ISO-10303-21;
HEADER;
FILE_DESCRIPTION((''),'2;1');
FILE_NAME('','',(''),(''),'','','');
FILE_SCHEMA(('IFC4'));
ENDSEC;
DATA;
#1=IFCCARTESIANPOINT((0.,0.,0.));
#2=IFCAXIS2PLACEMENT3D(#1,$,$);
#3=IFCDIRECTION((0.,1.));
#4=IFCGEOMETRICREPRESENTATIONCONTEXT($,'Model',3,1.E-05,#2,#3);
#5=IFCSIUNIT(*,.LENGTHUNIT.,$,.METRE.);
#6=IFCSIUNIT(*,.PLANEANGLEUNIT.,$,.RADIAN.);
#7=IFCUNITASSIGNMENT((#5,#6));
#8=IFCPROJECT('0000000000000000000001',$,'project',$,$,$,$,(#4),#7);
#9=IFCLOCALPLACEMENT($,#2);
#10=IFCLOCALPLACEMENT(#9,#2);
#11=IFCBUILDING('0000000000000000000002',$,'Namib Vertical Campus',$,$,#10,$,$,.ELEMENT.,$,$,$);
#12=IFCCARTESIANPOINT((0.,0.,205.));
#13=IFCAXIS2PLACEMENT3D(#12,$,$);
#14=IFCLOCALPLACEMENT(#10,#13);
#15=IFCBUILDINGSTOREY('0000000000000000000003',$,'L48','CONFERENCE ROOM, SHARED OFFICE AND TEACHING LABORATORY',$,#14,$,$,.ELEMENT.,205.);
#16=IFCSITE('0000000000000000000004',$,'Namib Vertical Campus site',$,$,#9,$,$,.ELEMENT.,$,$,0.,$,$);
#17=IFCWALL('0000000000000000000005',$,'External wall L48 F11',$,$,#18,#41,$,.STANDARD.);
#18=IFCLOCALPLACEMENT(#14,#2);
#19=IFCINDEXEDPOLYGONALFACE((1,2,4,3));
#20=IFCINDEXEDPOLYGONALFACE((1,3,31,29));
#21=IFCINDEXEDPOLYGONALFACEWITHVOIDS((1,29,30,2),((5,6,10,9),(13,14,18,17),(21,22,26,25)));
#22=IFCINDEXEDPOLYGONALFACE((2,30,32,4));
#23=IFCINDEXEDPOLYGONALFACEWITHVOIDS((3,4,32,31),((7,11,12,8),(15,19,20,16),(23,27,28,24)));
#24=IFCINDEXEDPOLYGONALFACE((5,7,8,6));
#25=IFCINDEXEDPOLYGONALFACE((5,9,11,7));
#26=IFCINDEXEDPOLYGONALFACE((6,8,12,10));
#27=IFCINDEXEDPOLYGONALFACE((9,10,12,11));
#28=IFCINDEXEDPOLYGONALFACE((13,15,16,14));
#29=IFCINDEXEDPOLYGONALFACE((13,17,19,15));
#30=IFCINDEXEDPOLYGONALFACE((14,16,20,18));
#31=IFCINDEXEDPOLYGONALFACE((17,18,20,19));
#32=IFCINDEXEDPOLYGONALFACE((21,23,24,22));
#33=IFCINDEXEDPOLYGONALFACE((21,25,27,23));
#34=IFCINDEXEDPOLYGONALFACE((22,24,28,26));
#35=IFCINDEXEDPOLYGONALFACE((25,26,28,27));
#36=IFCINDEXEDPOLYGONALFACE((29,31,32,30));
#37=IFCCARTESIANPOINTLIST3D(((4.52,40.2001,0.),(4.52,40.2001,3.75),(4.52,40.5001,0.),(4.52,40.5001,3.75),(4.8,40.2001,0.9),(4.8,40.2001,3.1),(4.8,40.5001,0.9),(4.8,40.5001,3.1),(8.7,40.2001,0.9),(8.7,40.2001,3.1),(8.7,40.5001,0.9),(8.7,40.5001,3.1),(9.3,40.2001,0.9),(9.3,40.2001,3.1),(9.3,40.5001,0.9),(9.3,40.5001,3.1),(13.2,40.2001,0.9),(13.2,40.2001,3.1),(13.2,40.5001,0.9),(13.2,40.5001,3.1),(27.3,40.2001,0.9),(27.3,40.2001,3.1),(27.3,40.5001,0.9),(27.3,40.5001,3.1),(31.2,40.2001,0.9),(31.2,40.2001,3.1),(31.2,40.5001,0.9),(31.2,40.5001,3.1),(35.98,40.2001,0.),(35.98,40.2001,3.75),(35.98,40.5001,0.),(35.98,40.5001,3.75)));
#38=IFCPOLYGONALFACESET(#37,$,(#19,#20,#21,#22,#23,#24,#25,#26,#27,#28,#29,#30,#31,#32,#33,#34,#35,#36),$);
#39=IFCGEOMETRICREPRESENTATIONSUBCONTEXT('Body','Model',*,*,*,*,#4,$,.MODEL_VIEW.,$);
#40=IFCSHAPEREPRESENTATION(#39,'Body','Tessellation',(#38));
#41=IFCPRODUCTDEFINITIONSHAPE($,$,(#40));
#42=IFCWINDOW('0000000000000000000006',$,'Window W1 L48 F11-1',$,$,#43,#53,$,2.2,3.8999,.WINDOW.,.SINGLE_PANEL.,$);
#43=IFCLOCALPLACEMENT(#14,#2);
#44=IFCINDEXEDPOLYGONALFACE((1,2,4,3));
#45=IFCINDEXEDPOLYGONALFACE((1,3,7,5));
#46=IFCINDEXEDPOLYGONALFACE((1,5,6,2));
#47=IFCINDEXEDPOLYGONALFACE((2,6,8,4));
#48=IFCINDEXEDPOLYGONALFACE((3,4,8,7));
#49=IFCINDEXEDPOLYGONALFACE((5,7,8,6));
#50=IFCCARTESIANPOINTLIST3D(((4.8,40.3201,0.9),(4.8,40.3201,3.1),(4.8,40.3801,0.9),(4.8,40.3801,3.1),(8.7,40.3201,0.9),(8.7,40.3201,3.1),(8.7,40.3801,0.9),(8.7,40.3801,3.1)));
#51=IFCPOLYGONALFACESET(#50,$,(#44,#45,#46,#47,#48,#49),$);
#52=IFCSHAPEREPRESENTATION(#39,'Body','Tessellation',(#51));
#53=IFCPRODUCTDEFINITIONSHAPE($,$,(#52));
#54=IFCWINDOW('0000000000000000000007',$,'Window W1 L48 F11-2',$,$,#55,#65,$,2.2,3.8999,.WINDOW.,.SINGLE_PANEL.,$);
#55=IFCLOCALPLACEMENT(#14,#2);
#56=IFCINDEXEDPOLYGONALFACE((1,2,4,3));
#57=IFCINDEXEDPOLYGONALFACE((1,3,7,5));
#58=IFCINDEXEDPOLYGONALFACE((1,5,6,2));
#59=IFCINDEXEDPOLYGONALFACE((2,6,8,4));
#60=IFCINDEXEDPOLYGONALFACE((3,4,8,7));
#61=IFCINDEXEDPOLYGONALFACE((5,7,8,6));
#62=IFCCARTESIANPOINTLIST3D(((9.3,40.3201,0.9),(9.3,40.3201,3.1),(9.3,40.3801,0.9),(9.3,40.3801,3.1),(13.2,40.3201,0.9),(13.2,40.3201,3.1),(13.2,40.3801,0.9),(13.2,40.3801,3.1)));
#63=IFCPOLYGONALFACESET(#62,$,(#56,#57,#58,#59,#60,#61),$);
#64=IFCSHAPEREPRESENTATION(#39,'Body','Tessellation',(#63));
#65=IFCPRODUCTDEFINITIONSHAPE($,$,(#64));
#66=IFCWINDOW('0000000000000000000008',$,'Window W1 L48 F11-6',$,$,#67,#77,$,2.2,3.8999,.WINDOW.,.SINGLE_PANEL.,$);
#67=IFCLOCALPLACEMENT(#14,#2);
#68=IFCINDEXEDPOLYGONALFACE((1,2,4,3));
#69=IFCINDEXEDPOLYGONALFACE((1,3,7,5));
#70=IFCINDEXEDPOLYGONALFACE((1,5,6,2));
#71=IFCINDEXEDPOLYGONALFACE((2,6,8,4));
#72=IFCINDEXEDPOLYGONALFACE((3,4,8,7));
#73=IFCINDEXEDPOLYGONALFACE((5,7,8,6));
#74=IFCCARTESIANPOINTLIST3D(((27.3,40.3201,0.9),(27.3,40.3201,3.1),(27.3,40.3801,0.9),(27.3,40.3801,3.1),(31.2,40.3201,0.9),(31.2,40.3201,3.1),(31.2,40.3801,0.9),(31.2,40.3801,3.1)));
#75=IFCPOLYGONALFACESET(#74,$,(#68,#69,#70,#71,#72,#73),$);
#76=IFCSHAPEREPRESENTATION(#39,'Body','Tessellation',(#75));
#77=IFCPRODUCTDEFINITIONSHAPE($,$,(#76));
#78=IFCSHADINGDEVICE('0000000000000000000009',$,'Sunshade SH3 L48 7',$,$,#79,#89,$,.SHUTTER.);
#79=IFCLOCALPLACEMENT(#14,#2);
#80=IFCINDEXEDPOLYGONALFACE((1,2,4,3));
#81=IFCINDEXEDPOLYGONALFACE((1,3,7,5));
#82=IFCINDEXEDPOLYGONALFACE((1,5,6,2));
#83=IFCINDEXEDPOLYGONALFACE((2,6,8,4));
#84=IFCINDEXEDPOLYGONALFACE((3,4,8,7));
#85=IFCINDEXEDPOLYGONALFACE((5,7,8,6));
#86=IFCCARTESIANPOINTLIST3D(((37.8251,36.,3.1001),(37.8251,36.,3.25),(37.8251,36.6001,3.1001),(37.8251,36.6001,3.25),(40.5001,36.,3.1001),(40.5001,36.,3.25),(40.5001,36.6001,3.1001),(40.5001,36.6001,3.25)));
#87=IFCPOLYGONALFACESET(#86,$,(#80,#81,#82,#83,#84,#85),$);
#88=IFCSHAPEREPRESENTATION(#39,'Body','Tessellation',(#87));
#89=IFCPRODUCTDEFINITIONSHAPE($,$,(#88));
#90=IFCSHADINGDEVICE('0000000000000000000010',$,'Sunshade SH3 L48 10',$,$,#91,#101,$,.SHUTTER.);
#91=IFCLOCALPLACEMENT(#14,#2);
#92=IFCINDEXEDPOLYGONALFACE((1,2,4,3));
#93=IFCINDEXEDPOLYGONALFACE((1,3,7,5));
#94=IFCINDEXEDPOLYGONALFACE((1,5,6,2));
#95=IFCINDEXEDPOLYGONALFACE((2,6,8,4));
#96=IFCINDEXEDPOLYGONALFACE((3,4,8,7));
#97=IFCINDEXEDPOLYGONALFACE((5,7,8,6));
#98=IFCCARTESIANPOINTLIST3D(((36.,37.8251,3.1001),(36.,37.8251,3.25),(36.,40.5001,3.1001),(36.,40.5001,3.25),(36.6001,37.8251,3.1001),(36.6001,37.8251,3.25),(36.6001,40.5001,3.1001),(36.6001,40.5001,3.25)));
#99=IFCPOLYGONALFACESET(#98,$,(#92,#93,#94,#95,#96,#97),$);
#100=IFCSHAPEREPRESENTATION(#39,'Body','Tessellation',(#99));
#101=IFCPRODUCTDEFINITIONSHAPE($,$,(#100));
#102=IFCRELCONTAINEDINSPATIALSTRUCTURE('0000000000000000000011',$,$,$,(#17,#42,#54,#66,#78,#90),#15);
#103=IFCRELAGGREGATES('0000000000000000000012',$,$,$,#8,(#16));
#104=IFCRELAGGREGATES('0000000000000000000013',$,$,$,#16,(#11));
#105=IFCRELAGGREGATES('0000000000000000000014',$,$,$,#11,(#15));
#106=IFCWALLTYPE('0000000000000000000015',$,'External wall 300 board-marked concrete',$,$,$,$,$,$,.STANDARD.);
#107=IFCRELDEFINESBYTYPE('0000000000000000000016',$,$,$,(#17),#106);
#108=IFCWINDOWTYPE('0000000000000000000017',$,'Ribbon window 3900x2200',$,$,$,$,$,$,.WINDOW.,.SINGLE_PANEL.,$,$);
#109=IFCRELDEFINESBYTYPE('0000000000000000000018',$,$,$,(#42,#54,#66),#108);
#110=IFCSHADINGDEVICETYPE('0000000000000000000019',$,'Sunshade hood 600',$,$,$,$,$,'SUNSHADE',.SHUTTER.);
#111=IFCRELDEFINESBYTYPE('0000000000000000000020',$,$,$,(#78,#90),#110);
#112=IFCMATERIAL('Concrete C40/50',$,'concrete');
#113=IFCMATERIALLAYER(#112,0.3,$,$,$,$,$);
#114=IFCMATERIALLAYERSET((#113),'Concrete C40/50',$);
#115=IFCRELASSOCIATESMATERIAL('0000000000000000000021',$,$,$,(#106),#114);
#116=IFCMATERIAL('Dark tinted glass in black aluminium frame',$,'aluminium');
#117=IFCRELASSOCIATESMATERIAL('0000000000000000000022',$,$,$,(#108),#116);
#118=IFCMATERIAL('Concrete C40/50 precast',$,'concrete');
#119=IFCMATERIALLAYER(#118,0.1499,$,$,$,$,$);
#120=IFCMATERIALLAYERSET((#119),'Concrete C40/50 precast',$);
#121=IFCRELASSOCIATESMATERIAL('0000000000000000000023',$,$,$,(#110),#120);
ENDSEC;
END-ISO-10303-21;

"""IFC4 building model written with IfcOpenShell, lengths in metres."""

from ifc_helpers import new_model, si_unit, direction, frame, frame_2d, origin, origin_2d, place, context, subcontext, project, spatial, rectangle, extrude, material, layer, layer_set, type_object, element, fill, save


model = new_model("IFC4")

# Units and contexts
model_context = context("Model", 3, precision=1e-05, world=origin(), true_north=direction((0.0, 1.0)))
body_context = subcontext(model_context, "Body", "Model", "MODEL_VIEW")
ifc_project = project(units=[si_unit("LENGTHUNIT", "METRE"), si_unit("PLANEANGLEUNIT", "RADIAN")], contexts=[model_context])

# Site, building, storey
site_placement = place(None, origin())
site = spatial("IfcSite", under=ifc_project, at=site_placement, Name="Namib Vertical Campus site", CompositionType="ELEMENT", RefElevation=0.0)
building_placement = place(site_placement, origin())
building = spatial("IfcBuilding", under=site, at=building_placement, Name="Namib Vertical Campus", CompositionType="ELEMENT")
storey_placement = place(building_placement, frame((0.0, 0.0, 205.0)))
storey = spatial("IfcBuildingStorey", under=building, at=storey_placement, Name="L48", Description="CONFERENCE ROOM, SHARED OFFICE AND TEACHING LABORATORY", CompositionType="ELEMENT", Elevation=205.0)

# Shared definitions
ifc_material_1 = material(Name="Concrete C40/50", Category="concrete")
ifc_layer_1 = layer(ifc_material_1, 0.3)
ifc_layer_set_1 = layer_set([ifc_layer_1], Name="Concrete C40/50")
wall_type_1 = type_object("IfcWallType", Name="External wall 300 board-marked concrete", PredefinedType="STANDARD", material=ifc_layer_set_1)

# Wall, openings, windows
wall_1_placement = place(storey_placement, frame((35.98, 40.3501, 0.0), z_axis=(0.0, 0.0, 1.0), x_axis=(-1.0, 0.0, 0.0)))
wall_1 = element("IfcWall", 1, at=wall_1_placement, inside=storey, type_object=wall_type_1, Name="External wall L48 F11", PredefinedType="STANDARD", context=body_context, shape_type="SweptSolid", body=[
    extrude(rectangle(XDim=31.46, YDim=0.3, at=frame_2d((15.73, 0.0))), origin(), (0.0, 0.0, 1.0), 3.75),
])
opening_1_placement = place(wall_1_placement, frame((27.28, 0.0, 0.8999)))
opening_1 = element("IfcOpeningElement", 2, at=opening_1_placement, cuts=wall_1, PredefinedType="OPENING", context=body_context, shape_type="SweptSolid", body=[
    extrude(rectangle(XDim=3.8999, YDim=2.2, at=frame_2d((1.95, 1.1001))), frame((0.0, 0.1599, 0.0), z_axis=(0.0, -1.0, 0.0), x_axis=(1.0, 0.0, 0.0)), (0.0, 0.0, 1.0), 0.3201),
])
opening_2_placement = place(wall_1_placement, frame((22.78, 0.0, 0.8999)))
opening_2 = element("IfcOpeningElement", 3, at=opening_2_placement, cuts=wall_1, PredefinedType="OPENING", context=body_context, shape_type="SweptSolid", body=[
    extrude(rectangle(XDim=3.8999, YDim=2.2, at=frame_2d((1.95, 1.1001))), frame((0.0, 0.1599, 0.0), z_axis=(0.0, -1.0, 0.0), x_axis=(1.0, 0.0, 0.0)), (0.0, 0.0, 1.0), 0.3201),
])
opening_3_placement = place(wall_1_placement, frame((4.78, 0.0, 0.8999)))
opening_3 = element("IfcOpeningElement", 4, at=opening_3_placement, cuts=wall_1, PredefinedType="OPENING", context=body_context, shape_type="SweptSolid", body=[
    extrude(rectangle(XDim=3.8999, YDim=2.2, at=frame_2d((1.95, 1.1001))), frame((0.0, 0.1599, 0.0), z_axis=(0.0, -1.0, 0.0), x_axis=(1.0, 0.0, 0.0)), (0.0, 0.0, 1.0), 0.3201),
])
ifc_material_2 = material(Name="Dark tinted glass in black aluminium frame", Category="aluminium")
window_type = type_object("IfcWindowType", Name="Ribbon window 3900x2200", PartitioningType="SINGLE_PANEL", PredefinedType="WINDOW", material=ifc_material_2)
window_1_placement = place(opening_1_placement, origin())
window_1 = element("IfcWindow", 5, at=window_1_placement, inside=storey, type_object=window_type, Name="Window W1 L48 F11-1", OverallHeight=2.2, OverallWidth=3.8999, PartitioningType="SINGLE_PANEL", PredefinedType="WINDOW", context=body_context, shape_type="SweptSolid", body=[
    extrude(rectangle(XDim=3.8999, YDim=2.2, at=frame_2d((1.95, 1.1001))), frame((0.0, 0.03, 0.0), z_axis=(0.0, -1.0, 0.0), x_axis=(1.0, 0.0, 0.0)), (0.0, 0.0, 1.0), 0.0601),
])
fill(opening_1, window_1)
window_2_placement = place(opening_2_placement, origin())
window_2 = element("IfcWindow", 6, at=window_2_placement, inside=storey, type_object=window_type, Name="Window W1 L48 F11-2", OverallHeight=2.2, OverallWidth=3.8999, PartitioningType="SINGLE_PANEL", PredefinedType="WINDOW", context=body_context, shape_type="SweptSolid", body=[
    extrude(rectangle(XDim=3.8999, YDim=2.2, at=frame_2d((1.95, 1.1001))), frame((0.0, 0.03, 0.0), z_axis=(0.0, -1.0, 0.0), x_axis=(1.0, 0.0, 0.0)), (0.0, 0.0, 1.0), 0.0601),
])
fill(opening_2, window_2)
window_3_placement = place(opening_3_placement, origin())
window_3 = element("IfcWindow", 7, at=window_3_placement, inside=storey, type_object=window_type, Name="Window W1 L48 F11-6", OverallHeight=2.2, OverallWidth=3.8999, PartitioningType="SINGLE_PANEL", PredefinedType="WINDOW", context=body_context, shape_type="SweptSolid", body=[
    extrude(rectangle(XDim=3.8999, YDim=2.2, at=frame_2d((1.95, 1.1001))), frame((0.0, 0.03, 0.0), z_axis=(0.0, -1.0, 0.0), x_axis=(1.0, 0.0, 0.0)), (0.0, 0.0, 1.0), 0.0601),
])
fill(opening_3, window_3)

# Shading devices
ifc_material_3 = material(Name="Concrete C40/50 precast", Category="concrete")
ifc_layer_2 = layer(ifc_material_3, 0.1499)
ifc_layer_set_2 = layer_set([ifc_layer_2], Name="Concrete C40/50 precast")
shading_device_type = type_object("IfcShadingDeviceType", Name="Sunshade hood 600", ElementType="SUNSHADE", PredefinedType="SHUTTER", material=ifc_layer_set_2)
for number, where, z_axis, x_axis, name in (
    (8, (39.1626, 36.3, 3.1001), (0.0, 0.0, 1.0), (-1.0, 0.0, 0.0), "Sunshade SH3 L48 7"),
    (9, (36.3, 39.1626, 3.1001), (0.0, 0.0, 1.0), (0.0, 1.0, 0.0), "Sunshade SH3 L48 10"),
):
    element("IfcShadingDevice", number, at=place(storey_placement, frame(where, z_axis=z_axis, x_axis=x_axis)), inside=storey, type_object=shading_device_type, Name=name, PredefinedType="SHUTTER", context=body_context, shape_type="SweptSolid", body=[
        extrude(rectangle(XDim=2.675, YDim=0.6001, at=origin_2d()), origin(), (0.0, 0.0, 1.0), 0.1499),
    ])

save(model, "model.ifc")
